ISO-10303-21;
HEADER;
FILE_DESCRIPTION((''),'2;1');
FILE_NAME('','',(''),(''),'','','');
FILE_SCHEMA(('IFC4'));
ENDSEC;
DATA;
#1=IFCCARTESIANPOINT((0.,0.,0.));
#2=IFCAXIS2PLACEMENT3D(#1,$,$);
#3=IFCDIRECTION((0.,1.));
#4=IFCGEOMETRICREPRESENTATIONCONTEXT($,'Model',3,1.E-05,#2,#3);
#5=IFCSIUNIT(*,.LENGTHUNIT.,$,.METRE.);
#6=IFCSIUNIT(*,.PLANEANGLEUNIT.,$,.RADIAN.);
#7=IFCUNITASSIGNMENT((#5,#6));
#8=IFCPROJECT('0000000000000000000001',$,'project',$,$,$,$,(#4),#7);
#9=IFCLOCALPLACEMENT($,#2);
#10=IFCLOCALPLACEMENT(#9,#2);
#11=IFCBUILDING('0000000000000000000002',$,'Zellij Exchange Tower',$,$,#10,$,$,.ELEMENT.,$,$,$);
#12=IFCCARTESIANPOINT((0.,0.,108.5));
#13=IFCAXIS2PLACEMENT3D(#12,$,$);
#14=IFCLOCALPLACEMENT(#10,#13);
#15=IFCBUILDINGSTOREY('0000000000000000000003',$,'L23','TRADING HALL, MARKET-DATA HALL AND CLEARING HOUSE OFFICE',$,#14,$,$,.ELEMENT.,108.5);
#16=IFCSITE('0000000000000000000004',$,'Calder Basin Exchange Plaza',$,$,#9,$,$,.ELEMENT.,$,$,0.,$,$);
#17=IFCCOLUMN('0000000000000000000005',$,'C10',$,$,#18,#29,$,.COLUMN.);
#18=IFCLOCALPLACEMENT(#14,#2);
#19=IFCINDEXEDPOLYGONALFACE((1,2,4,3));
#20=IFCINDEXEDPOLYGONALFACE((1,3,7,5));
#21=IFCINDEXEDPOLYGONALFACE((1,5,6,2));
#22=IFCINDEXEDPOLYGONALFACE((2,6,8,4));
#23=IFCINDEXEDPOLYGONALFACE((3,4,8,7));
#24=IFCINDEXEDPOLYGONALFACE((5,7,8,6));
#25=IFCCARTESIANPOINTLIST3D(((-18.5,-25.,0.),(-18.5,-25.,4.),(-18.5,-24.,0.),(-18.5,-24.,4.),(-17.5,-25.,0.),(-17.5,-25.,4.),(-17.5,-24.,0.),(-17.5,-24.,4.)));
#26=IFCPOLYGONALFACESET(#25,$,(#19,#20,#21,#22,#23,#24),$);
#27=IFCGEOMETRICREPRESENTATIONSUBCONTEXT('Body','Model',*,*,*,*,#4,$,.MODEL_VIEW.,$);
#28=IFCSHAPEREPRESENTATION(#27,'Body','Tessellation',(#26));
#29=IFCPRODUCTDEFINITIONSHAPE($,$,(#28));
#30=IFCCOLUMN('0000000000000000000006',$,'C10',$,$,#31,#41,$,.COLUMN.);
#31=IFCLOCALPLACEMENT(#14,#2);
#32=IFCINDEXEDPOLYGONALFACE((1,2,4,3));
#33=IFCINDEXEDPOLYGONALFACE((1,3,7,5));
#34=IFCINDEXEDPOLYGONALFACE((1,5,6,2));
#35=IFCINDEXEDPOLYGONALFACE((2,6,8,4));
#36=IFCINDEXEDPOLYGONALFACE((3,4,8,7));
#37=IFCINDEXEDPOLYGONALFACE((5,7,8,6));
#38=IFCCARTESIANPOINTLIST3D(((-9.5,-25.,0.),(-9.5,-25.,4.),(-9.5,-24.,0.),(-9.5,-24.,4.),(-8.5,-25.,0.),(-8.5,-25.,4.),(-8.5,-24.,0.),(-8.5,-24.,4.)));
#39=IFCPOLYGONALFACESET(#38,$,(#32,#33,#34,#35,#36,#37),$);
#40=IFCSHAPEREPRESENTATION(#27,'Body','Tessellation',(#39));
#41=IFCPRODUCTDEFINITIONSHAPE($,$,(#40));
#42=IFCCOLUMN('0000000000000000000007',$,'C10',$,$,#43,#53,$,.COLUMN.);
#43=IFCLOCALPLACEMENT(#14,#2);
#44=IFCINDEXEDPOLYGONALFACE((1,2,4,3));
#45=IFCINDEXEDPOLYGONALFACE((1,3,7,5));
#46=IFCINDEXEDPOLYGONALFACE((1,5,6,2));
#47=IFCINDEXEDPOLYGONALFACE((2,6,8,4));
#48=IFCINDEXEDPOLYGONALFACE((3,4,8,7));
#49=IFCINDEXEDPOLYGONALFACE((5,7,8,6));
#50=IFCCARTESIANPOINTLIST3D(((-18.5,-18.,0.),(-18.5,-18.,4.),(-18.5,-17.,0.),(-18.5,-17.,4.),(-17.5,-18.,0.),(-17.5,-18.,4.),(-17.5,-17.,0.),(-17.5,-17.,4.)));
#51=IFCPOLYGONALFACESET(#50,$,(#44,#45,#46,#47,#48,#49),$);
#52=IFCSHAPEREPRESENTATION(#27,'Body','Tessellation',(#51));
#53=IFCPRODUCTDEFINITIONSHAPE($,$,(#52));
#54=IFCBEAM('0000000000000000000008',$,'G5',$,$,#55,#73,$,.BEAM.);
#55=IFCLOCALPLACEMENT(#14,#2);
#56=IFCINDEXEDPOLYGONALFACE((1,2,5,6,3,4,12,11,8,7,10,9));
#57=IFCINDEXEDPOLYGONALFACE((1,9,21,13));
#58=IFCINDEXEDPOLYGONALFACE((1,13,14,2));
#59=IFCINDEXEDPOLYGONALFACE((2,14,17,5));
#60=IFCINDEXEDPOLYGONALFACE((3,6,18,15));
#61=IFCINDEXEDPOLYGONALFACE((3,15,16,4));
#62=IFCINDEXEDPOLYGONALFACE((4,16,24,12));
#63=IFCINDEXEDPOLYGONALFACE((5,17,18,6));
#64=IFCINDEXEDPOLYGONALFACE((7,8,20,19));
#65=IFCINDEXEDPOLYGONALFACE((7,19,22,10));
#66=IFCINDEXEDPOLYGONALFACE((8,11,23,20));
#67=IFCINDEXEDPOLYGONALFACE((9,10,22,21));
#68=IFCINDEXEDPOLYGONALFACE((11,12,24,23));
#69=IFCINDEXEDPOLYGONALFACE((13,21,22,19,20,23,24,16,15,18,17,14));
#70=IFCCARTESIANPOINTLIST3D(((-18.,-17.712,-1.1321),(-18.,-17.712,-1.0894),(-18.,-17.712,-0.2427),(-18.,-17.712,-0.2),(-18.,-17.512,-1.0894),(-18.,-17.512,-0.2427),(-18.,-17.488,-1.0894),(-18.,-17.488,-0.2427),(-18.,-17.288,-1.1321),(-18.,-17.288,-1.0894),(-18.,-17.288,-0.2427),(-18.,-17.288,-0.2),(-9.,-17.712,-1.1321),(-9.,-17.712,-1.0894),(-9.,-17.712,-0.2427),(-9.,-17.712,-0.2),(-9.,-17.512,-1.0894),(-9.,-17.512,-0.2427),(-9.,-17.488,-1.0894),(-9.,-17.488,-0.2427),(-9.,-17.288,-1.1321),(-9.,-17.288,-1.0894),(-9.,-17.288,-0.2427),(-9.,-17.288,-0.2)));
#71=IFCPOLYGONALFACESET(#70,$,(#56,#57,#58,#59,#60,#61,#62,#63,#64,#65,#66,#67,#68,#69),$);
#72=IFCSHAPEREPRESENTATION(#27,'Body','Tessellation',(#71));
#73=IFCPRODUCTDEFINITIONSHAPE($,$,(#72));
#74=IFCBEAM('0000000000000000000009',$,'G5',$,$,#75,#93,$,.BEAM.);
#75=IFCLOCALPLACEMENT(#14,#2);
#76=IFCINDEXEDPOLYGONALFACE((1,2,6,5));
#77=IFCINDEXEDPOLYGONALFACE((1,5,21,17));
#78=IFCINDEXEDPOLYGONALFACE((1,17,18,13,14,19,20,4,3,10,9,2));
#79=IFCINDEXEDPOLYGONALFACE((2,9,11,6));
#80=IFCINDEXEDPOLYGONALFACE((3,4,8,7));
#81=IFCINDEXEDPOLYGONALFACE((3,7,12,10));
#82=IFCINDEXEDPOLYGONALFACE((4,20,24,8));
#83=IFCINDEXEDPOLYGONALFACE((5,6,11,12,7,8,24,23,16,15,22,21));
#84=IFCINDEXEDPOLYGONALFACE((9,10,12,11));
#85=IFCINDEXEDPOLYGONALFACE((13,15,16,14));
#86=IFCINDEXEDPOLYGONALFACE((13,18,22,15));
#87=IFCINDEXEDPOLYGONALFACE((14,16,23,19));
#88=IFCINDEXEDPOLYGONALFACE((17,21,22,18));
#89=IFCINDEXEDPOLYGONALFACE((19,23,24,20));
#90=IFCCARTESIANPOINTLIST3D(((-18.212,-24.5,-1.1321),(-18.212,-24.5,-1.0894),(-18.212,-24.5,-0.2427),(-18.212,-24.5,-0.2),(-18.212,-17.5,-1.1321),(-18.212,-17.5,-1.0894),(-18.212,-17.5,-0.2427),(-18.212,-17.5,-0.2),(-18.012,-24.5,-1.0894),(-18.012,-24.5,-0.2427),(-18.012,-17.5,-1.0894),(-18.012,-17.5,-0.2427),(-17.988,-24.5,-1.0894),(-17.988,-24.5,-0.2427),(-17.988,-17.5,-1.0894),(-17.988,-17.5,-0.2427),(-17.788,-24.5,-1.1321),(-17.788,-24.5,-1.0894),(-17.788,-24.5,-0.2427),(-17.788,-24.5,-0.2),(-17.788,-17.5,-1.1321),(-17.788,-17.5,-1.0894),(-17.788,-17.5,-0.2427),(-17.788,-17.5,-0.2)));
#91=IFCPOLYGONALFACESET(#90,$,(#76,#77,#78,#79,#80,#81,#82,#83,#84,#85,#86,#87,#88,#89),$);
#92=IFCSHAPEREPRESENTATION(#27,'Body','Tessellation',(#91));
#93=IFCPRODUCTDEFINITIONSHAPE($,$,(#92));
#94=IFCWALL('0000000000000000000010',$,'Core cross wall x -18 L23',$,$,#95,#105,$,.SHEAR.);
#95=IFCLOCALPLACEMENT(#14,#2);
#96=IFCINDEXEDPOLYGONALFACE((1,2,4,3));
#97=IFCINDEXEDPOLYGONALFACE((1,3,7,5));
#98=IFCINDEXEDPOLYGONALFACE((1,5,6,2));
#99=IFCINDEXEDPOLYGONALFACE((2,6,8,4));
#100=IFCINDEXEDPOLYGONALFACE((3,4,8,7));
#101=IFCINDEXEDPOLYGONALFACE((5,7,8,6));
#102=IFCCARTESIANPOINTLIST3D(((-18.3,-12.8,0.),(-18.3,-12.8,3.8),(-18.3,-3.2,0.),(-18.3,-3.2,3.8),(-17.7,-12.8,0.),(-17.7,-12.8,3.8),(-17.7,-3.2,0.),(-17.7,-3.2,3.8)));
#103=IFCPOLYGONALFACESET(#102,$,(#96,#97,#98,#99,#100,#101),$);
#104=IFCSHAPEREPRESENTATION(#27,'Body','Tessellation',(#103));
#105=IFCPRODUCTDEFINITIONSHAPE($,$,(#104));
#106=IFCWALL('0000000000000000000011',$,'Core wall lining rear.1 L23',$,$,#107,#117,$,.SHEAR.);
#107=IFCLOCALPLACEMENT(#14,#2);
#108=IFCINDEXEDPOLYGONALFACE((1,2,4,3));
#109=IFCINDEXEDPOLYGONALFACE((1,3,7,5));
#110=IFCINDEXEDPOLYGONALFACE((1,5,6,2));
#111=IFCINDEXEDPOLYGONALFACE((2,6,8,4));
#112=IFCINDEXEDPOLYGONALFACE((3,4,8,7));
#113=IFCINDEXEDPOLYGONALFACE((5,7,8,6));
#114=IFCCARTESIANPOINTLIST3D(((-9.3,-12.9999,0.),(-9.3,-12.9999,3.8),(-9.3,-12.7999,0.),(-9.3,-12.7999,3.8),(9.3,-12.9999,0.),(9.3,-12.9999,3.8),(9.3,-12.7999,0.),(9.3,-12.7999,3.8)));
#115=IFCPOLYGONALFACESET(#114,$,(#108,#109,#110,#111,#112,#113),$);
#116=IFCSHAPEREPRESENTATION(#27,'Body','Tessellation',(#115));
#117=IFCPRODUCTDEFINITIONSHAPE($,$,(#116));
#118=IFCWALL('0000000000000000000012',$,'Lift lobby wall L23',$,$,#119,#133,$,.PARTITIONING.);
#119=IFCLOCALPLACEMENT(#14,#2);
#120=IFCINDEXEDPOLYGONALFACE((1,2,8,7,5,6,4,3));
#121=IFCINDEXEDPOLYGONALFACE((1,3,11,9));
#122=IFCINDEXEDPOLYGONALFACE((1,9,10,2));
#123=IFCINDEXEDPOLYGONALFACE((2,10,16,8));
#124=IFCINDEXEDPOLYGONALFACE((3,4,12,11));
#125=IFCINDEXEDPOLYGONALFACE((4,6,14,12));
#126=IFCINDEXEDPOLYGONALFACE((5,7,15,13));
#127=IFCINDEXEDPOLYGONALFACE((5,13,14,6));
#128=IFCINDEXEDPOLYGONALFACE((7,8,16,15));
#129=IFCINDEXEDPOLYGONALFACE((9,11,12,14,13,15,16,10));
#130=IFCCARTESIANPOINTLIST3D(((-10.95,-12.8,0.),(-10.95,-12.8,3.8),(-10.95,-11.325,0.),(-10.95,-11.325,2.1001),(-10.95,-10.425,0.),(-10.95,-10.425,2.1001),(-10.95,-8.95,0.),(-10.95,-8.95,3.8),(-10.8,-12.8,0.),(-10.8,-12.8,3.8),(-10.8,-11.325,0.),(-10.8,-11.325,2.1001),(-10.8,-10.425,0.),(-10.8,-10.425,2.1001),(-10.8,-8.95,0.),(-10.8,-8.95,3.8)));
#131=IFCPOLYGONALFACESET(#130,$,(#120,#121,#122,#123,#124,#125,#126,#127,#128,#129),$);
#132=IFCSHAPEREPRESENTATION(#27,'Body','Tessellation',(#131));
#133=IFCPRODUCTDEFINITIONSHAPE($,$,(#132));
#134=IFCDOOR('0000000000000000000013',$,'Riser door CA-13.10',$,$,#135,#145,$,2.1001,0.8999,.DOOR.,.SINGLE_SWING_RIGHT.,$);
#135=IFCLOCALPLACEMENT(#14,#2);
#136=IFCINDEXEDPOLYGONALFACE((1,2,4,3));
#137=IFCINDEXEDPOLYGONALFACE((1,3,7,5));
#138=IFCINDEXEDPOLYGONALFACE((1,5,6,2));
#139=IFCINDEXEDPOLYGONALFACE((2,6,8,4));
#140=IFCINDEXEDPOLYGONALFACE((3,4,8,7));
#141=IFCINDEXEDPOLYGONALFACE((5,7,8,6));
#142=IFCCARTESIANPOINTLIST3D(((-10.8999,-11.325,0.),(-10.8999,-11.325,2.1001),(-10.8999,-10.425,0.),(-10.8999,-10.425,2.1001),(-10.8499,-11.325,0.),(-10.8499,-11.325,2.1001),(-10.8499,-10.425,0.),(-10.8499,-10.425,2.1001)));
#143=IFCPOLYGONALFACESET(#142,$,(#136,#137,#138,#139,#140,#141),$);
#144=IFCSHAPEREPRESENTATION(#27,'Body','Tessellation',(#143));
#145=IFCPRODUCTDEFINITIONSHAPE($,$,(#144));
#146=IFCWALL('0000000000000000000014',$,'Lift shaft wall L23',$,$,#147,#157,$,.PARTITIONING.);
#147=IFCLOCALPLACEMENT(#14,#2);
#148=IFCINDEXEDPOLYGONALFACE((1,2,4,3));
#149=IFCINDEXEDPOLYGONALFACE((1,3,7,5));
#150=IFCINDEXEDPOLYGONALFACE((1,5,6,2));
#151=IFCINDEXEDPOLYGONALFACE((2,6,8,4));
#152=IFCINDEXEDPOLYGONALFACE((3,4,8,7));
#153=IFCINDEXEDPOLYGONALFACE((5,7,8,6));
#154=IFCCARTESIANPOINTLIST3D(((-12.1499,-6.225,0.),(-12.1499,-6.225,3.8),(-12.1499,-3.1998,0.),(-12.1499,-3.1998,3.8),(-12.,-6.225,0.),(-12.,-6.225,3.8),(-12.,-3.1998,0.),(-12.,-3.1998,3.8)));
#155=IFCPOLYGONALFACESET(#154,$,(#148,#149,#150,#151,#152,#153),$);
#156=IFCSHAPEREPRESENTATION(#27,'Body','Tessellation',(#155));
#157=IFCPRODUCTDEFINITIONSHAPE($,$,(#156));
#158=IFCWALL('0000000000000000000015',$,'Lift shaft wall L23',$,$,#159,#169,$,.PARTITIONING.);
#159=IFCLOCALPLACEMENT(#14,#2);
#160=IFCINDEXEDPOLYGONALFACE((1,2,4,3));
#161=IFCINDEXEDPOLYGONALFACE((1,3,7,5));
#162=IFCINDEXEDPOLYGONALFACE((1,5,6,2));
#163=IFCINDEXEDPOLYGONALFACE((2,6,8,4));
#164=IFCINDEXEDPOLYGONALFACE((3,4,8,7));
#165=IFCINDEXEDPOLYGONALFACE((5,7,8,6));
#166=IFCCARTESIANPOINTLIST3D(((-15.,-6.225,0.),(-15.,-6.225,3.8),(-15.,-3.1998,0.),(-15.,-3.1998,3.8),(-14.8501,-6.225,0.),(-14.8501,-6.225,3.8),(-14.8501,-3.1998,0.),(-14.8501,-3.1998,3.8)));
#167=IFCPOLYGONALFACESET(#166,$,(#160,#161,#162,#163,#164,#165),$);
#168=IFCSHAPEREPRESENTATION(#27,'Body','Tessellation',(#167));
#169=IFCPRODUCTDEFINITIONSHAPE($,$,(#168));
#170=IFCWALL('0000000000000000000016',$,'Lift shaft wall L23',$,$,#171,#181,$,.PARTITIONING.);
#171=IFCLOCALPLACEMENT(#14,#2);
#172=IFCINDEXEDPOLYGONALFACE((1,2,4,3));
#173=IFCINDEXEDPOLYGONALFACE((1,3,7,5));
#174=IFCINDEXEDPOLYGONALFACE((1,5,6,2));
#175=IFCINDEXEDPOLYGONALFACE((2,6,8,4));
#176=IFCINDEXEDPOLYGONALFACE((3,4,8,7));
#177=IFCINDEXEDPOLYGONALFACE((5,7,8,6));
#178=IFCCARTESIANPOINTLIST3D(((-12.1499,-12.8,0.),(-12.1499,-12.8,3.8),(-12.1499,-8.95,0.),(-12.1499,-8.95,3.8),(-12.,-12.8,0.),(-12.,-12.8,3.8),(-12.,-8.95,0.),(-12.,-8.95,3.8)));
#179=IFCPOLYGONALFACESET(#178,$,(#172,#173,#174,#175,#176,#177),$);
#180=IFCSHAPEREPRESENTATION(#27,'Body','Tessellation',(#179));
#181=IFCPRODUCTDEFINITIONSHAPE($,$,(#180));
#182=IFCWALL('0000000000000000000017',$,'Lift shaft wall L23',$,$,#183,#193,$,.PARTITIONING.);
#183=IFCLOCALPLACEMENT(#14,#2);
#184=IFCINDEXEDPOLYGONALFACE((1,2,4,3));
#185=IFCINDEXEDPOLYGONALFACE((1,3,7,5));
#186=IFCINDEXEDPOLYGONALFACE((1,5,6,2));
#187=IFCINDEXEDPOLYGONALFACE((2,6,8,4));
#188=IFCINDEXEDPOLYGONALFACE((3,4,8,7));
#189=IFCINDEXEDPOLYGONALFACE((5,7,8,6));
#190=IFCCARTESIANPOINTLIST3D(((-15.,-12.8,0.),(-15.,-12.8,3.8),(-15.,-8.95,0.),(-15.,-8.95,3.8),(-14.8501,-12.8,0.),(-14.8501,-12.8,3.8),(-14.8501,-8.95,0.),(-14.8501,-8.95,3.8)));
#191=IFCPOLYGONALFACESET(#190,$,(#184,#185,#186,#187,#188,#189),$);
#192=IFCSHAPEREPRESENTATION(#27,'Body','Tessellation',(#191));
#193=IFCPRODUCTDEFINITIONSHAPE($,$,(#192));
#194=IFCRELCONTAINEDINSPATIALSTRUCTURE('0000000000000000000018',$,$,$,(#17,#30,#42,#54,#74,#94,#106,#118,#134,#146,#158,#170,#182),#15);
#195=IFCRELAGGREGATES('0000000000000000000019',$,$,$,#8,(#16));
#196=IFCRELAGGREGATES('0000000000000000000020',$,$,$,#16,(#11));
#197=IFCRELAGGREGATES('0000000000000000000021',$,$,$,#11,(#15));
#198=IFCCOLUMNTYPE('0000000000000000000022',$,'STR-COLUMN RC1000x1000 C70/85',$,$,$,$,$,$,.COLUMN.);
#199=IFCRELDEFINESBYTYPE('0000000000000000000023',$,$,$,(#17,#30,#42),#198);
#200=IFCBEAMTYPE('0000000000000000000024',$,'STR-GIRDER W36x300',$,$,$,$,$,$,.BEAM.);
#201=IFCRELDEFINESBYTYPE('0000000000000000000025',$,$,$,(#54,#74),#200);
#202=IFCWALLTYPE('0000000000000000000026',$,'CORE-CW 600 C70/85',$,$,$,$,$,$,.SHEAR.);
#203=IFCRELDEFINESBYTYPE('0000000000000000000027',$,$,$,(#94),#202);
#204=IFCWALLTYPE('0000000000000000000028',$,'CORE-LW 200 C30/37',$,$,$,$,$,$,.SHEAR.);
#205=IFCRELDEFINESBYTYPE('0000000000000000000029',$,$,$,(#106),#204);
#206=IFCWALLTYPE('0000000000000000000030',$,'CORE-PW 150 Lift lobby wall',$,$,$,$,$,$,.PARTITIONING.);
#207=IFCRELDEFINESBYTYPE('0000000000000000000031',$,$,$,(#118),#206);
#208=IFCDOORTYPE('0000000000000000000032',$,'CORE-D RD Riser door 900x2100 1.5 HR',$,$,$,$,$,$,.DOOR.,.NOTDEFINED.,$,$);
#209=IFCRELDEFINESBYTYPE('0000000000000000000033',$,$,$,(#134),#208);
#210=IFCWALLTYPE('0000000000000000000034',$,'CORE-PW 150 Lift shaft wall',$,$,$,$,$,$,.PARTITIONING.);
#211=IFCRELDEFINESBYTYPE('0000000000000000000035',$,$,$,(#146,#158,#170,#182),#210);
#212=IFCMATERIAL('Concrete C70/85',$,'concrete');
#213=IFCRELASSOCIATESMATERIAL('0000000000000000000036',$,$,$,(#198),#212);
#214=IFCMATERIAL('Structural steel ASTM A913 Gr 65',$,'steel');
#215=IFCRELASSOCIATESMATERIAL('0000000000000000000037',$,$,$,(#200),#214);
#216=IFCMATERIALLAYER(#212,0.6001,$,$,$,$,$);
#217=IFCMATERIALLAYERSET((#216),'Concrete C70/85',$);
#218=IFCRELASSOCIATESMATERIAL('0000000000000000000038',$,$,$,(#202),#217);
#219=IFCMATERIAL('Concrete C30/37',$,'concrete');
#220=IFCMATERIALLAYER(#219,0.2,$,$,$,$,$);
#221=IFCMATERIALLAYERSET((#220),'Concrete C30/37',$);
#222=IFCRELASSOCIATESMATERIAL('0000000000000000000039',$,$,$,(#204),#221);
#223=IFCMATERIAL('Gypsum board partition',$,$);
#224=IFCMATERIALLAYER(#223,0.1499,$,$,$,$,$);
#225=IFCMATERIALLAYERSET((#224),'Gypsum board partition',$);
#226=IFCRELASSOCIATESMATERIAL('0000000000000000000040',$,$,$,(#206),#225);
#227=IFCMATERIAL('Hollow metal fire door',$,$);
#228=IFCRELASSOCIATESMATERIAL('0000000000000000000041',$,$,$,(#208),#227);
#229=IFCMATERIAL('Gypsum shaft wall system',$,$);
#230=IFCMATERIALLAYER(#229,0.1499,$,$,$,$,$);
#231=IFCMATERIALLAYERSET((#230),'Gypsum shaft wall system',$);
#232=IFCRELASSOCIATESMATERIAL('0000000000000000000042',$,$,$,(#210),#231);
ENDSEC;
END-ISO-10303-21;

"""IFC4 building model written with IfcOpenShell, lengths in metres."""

from ifc_helpers import new_model, si_unit, direction, frame, frame_2d, origin, origin_2d, place, context, subcontext, project, spatial, rectangle, i_section, extrude, material, layer, layer_set, material_profile, profile_set, type_object, element, fill, save


model = new_model("IFC4")

# Units and contexts
model_context = context("Model", 3, precision=1e-05, world=origin(), true_north=direction((0.0, 1.0)))
body_context = subcontext(model_context, "Body", "Model", "MODEL_VIEW")
ifc_project = project(units=[si_unit("LENGTHUNIT", "METRE"), si_unit("PLANEANGLEUNIT", "RADIAN")], contexts=[model_context])

# Site, building, storey
site_placement = place(None, origin())
site = spatial("IfcSite", under=ifc_project, at=site_placement, Name="Calder Basin Exchange Plaza", CompositionType="ELEMENT", RefElevation=0.0)
building_placement = place(site_placement, origin())
building = spatial("IfcBuilding", under=site, at=building_placement, Name="Zellij Exchange Tower", CompositionType="ELEMENT")
storey_placement = place(building_placement, frame((0.0, 0.0, 108.5)))
storey = spatial("IfcBuildingStorey", under=building, at=storey_placement, Name="L23", Description="TRADING HALL, MARKET-DATA HALL AND CLEARING HOUSE OFFICE", CompositionType="ELEMENT", Elevation=108.5)

# Columns
ifc_material_1 = material(Name="Concrete C70/85", Category="concrete")
ifc_material_profile_1 = material_profile(ifc_material_1, rectangle(XDim=1.0, YDim=1.0, at=origin_2d()), Name="STR-COLUMN RC1000x1000 C70/85")
ifc_profile_set_1 = profile_set([ifc_material_profile_1], Name="Concrete C70/85")
column_type = type_object("IfcColumnType", Name="STR-COLUMN RC1000x1000 C70/85", PredefinedType="COLUMN", material=ifc_profile_set_1)
for number, where, z_axis, x_axis, name in (
    (1, (-18.0, -24.5, 0.0), (0.0, 0.0, 1.0), (1.0, 0.0, 0.0), "C10"),
    (2, (-9.0, -24.5, 0.0), (0.0, 0.0, 1.0), (1.0, 0.0, 0.0), "C10"),
    (3, (-18.0, -17.5, 0.0), (0.0, 0.0, 1.0), (1.0, 0.0, 0.0), "C10"),
):
    element("IfcColumn", number, at=place(storey_placement, frame(where, z_axis=z_axis, x_axis=x_axis)), inside=storey, type_object=column_type, Name=name, PredefinedType="COLUMN", context=body_context, shape_type="SweptSolid", body=[
        extrude(rectangle(XDim=1.0, YDim=1.0, at=origin_2d()), origin(), (0.0, 0.0, 1.0), 4.0),
    ])

# Beams
ifc_material_2 = material(Name="Structural steel ASTM A913 Gr 65", Category="steel")
ifc_material_profile_2 = material_profile(ifc_material_2, i_section(OverallWidth=0.4241, OverallDepth=0.9321, WebThickness=0.0239, FlangeThickness=0.0427, at=origin_2d()), Name="W36x300")
ifc_profile_set_2 = profile_set([ifc_material_profile_2], Name="Structural steel ASTM A913 Gr 65")
beam_type = type_object("IfcBeamType", Name="STR-GIRDER W36x300", PredefinedType="BEAM", material=ifc_profile_set_2)
beam_1_placement = place(storey_placement, frame((-18.0, -17.5, -0.666), z_axis=(1.0, 0.0, 0.0), x_axis=(0.0, 1.0, 0.0)))
element("IfcBeam", 4, at=beam_1_placement, inside=storey, type_object=beam_type, Name="G5", PredefinedType="BEAM", context=body_context, shape_type="SweptSolid", body=[
    extrude(i_section(OverallWidth=0.4241, OverallDepth=0.9321, WebThickness=0.0239, FlangeThickness=0.0427, at=origin_2d()), origin(), (0.0, 0.0, 1.0), 9.0),
])
beam_2_placement = place(storey_placement, frame((-18.0, -24.5, -0.666), z_axis=(0.0, 1.0, 0.0), x_axis=(-1.0, 0.0, 0.0)))
element("IfcBeam", 5, at=beam_2_placement, inside=storey, type_object=beam_type, Name="G5", PredefinedType="BEAM", context=body_context, shape_type="SweptSolid", body=[
    extrude(i_section(OverallWidth=0.4241, OverallDepth=0.9321, WebThickness=0.0239, FlangeThickness=0.0427, at=origin_2d()), origin(), (0.0, 0.0, 1.0), 7.0),
])

# Walls
ifc_layer_1 = layer(ifc_material_1, 0.6001)
ifc_layer_set_1 = layer_set([ifc_layer_1], Name="Concrete C70/85")
wall_type_1 = type_object("IfcWallType", Name="CORE-CW 600 C70/85", PredefinedType="SHEAR", material=ifc_layer_set_1)
wall_1_placement = place(storey_placement, frame((-18.0, -12.8, 0.0), z_axis=(0.0, 0.0, 1.0), x_axis=(0.0, 1.0, 0.0)))
element("IfcWall", 6, at=wall_1_placement, inside=storey, type_object=wall_type_1, Name="Core cross wall x -18 L23", PredefinedType="SHEAR", context=body_context, shape_type="SweptSolid", body=[
    extrude(rectangle(XDim=9.6001, YDim=0.6001, at=frame_2d((4.8, 0.0))), origin(), (0.0, 0.0, 1.0), 3.8),
])
ifc_material_3 = material(Name="Concrete C30/37", Category="concrete")
ifc_layer_2 = layer(ifc_material_3, 0.2)
ifc_layer_set_2 = layer_set([ifc_layer_2], Name="Concrete C30/37")
wall_type_2 = type_object("IfcWallType", Name="CORE-LW 200 C30/37", PredefinedType="SHEAR", material=ifc_layer_set_2)
wall_2_placement = place(storey_placement, frame((-9.3, -12.8999, 0.0), z_axis=(0.0, 0.0, 1.0), x_axis=(1.0, 0.0, 0.0)))
element("IfcWall", 7, at=wall_2_placement, inside=storey, type_object=wall_type_2, Name="Core wall lining rear.1 L23", PredefinedType="SHEAR", context=body_context, shape_type="SweptSolid", body=[
    extrude(rectangle(XDim=18.6001, YDim=0.2, at=frame_2d((9.3, 0.0))), origin(), (0.0, 0.0, 1.0), 3.8),
])

# Wall, opening, door
ifc_material_4 = material(Name="Gypsum board partition")
ifc_layer_3 = layer(ifc_material_4, 0.1499)
ifc_layer_set_3 = layer_set([ifc_layer_3], Name="Gypsum board partition")
wall_type_3 = type_object("IfcWallType", Name="CORE-PW 150 Lift lobby wall", PredefinedType="PARTITIONING", material=ifc_layer_set_3)
wall_3_placement = place(storey_placement, frame((-10.875, -12.8, 0.0), z_axis=(0.0, 0.0, 1.0), x_axis=(0.0, 1.0, 0.0)))
wall_3 = element("IfcWall", 8, at=wall_3_placement, inside=storey, type_object=wall_type_3, Name="Lift lobby wall L23", PredefinedType="PARTITIONING", context=body_context, shape_type="SweptSolid", body=[
    extrude(rectangle(XDim=3.8501, YDim=0.1499, at=frame_2d((1.925, 0.0))), origin(), (0.0, 0.0, 1.0), 3.8),
])
opening_1_placement = place(wall_3_placement, frame((1.4751, 0.0, 0.0)))
opening_1 = element("IfcOpeningElement", 9, at=opening_1_placement, cuts=wall_3, PredefinedType="OPENING", context=body_context, shape_type="SweptSolid", body=[
    extrude(rectangle(XDim=0.8999, YDim=2.1001, at=frame_2d((0.45, 1.05))), frame((0.0, 0.0869, 0.0), z_axis=(0.0, -1.0, 0.0), x_axis=(1.0, 0.0, 0.0)), (0.0, 0.0, 1.0), 0.1738),
])
ifc_material_5 = material(Name="Hollow metal fire door")
door_type_1 = type_object("IfcDoorType", Name="CORE-D RD Riser door 900x2100 1.5 HR", OperationType="NOTDEFINED", PredefinedType="DOOR", material=ifc_material_5)
door_1_placement = place(opening_1_placement, origin())
door_1 = element("IfcDoor", 10, at=door_1_placement, inside=storey, type_object=door_type_1, Name="Riser door CA-13.10", OperationType="SINGLE_SWING_RIGHT", OverallHeight=2.1001, OverallWidth=0.8999, PredefinedType="DOOR", context=body_context, shape_type="SweptSolid", body=[
    extrude(rectangle(XDim=0.8999, YDim=2.1001, at=frame_2d((0.45, 1.05))), frame((0.0, 0.0249, 0.0), z_axis=(0.0, -1.0, 0.0), x_axis=(1.0, 0.0, 0.0)), (0.0, 0.0, 1.0), 0.05),
])
fill(opening_1, door_1)

# Walls
ifc_material_6 = material(Name="Gypsum shaft wall system")
ifc_layer_4 = layer(ifc_material_6, 0.1499)
ifc_layer_set_4 = layer_set([ifc_layer_4], Name="Gypsum shaft wall system")
wall_type_4 = type_object("IfcWallType", Name="CORE-PW 150 Lift shaft wall", PredefinedType="PARTITIONING", material=ifc_layer_set_4)
for number, where, z_axis, x_axis, name in (
    (11, (-12.075, -6.2251, 0.0), (0.0, 0.0, 1.0), (0.0, 1.0, 0.0), "Lift shaft wall L23"),
    (12, (-14.925, -6.2251, 0.0), (0.0, 0.0, 1.0), (0.0, 1.0, 0.0), "Lift shaft wall L23"),
):
    element("IfcWall", number, at=place(storey_placement, frame(where, z_axis=z_axis, x_axis=x_axis)), inside=storey, type_object=wall_type_4, Name=name, PredefinedType="PARTITIONING", context=body_context, shape_type="SweptSolid", body=[
        extrude(rectangle(XDim=3.0251, YDim=0.1499, at=frame_2d((1.5127, 0.0))), origin(), (0.0, 0.0, 1.0), 3.8),
    ])
for number, where, z_axis, x_axis, name in (
    (13, (-12.075, -12.8, 0.0), (0.0, 0.0, 1.0), (0.0, 1.0, 0.0), "Lift shaft wall L23"),
    (14, (-14.925, -12.8, 0.0), (0.0, 0.0, 1.0), (0.0, 1.0, 0.0), "Lift shaft wall L23"),
):
    element("IfcWall", number, at=place(storey_placement, frame(where, z_axis=z_axis, x_axis=x_axis)), inside=storey, type_object=wall_type_4, Name=name, PredefinedType="PARTITIONING", context=body_context, shape_type="SweptSolid", body=[
        extrude(rectangle(XDim=3.8501, YDim=0.1499, at=frame_2d((1.925, 0.0))), origin(), (0.0, 0.0, 1.0), 3.8),
    ])

save(model, "model.ifc")
